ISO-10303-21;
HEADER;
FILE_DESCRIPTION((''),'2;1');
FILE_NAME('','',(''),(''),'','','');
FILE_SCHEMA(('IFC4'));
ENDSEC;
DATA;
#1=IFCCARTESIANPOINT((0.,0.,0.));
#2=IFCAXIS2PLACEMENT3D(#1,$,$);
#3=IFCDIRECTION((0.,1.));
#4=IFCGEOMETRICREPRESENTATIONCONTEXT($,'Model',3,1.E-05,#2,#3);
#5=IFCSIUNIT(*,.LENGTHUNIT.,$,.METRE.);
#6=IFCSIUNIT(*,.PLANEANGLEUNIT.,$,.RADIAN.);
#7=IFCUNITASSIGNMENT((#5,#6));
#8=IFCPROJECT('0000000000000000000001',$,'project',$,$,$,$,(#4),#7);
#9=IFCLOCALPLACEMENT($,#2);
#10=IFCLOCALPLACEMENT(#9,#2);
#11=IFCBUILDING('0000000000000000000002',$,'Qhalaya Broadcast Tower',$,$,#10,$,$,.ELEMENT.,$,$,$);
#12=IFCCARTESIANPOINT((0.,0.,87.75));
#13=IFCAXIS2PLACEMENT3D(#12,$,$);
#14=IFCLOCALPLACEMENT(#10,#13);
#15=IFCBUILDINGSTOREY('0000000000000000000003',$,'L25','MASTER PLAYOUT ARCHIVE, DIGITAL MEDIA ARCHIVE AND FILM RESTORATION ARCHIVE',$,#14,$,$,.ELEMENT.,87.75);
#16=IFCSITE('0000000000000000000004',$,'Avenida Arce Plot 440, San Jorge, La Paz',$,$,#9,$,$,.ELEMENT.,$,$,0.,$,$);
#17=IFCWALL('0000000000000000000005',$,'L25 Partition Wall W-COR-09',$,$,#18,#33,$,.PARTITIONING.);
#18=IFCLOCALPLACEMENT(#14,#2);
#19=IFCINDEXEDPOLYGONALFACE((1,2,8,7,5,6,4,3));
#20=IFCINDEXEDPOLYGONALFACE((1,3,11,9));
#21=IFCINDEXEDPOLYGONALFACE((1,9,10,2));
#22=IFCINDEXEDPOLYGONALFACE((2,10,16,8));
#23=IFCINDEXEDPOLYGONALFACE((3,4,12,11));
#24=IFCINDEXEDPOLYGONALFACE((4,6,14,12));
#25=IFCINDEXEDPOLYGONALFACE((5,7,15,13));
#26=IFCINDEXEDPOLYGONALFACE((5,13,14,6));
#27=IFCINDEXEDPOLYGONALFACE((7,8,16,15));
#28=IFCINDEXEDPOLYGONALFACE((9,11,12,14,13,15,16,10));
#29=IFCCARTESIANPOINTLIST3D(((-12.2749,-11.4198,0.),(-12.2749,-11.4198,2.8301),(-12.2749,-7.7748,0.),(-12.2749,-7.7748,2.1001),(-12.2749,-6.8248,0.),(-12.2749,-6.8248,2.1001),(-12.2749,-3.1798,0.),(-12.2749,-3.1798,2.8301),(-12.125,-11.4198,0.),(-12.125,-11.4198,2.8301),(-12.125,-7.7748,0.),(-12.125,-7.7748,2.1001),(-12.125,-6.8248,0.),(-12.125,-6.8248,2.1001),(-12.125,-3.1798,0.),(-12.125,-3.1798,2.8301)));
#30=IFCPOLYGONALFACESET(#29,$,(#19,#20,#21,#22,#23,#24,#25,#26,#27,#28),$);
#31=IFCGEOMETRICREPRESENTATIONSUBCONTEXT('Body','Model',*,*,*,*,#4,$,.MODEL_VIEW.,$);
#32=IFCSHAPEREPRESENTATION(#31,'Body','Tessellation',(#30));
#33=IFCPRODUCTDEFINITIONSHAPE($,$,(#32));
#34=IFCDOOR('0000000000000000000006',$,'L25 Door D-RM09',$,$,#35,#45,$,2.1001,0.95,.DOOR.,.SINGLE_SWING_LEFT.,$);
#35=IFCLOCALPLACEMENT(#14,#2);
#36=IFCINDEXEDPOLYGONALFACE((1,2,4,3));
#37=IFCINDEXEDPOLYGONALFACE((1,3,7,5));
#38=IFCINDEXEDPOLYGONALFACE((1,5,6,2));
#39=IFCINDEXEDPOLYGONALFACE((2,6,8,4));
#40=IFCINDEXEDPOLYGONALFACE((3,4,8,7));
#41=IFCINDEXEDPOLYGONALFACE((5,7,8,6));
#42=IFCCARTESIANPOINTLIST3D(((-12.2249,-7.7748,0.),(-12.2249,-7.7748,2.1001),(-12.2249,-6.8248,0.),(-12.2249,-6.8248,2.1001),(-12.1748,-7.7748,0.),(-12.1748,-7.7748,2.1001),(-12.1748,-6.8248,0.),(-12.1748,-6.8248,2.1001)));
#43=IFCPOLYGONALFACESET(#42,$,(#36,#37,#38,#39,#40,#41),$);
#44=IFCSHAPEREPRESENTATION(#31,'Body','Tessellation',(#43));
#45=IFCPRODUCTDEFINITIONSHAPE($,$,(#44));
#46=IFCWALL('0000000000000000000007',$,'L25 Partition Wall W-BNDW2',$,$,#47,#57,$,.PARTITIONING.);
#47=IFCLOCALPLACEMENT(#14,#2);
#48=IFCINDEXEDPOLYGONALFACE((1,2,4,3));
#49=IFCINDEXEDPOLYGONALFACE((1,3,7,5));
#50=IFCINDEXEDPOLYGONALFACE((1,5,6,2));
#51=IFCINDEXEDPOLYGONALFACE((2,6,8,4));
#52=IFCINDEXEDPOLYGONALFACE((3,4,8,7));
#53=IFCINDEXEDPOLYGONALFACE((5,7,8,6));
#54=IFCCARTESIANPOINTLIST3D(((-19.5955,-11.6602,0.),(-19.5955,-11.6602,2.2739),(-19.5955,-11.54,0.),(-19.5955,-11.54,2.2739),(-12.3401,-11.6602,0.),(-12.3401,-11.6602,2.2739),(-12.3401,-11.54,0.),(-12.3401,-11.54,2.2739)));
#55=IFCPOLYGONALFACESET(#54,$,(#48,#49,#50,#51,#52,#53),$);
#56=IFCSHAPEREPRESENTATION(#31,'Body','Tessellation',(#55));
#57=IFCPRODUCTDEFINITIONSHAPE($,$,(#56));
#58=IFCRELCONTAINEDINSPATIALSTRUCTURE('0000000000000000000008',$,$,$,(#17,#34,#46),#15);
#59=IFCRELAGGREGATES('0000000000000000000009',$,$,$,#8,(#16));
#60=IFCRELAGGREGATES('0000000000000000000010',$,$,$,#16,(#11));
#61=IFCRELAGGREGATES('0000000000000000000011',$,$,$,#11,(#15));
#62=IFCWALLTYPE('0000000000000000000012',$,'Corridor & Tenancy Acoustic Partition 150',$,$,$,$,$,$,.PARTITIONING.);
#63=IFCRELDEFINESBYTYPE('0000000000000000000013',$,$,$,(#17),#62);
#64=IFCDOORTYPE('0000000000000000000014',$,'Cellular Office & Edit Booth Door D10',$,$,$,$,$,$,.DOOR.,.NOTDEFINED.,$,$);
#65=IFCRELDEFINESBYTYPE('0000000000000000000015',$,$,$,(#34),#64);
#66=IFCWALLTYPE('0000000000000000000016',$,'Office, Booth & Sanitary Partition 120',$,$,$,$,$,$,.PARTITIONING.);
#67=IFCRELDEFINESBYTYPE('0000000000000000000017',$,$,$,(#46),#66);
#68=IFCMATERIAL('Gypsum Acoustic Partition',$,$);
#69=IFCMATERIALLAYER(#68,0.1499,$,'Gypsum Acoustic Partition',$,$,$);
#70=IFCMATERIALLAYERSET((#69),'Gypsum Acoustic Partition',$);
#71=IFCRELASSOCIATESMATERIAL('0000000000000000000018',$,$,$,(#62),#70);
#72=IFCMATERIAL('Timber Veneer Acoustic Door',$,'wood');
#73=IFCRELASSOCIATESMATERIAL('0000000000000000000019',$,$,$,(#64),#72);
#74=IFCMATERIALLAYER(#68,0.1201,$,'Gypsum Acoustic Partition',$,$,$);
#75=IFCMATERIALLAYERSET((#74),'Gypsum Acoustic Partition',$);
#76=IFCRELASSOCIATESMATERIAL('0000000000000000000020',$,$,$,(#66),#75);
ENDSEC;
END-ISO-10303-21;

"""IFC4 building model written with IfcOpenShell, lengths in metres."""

from ifc_helpers import new_model, si_unit, direction, frame, frame_2d, origin, place, context, subcontext, project, spatial, rectangle, extrude, material, layer, layer_set, type_object, element, fill, save


model = new_model("IFC4")

# Units and contexts
model_context = context("Model", 3, precision=1e-05, world=origin(), true_north=direction((0.0, 1.0)))
body_context = subcontext(model_context, "Body", "Model", "MODEL_VIEW")
ifc_project = project(units=[si_unit("LENGTHUNIT", "METRE"), si_unit("PLANEANGLEUNIT", "RADIAN")], contexts=[model_context])

# Site, building, storey
site_placement = place(None, origin())
site = spatial("IfcSite", under=ifc_project, at=site_placement, Name="Avenida Arce Plot 440, San Jorge, La Paz", CompositionType="ELEMENT", RefElevation=0.0)
building_placement = place(site_placement, origin())
building = spatial("IfcBuilding", under=site, at=building_placement, Name="Qhalaya Broadcast Tower", CompositionType="ELEMENT")
storey_placement = place(building_placement, frame((0.0, 0.0, 87.75)))
storey = spatial("IfcBuildingStorey", under=building, at=storey_placement, Name="L25", Description="MASTER PLAYOUT ARCHIVE, DIGITAL MEDIA ARCHIVE AND FILM RESTORATION ARCHIVE", CompositionType="ELEMENT", Elevation=87.75)

# Wall, opening, door
ifc_material_1 = material(Name="Gypsum Acoustic Partition")
ifc_layer_1 = layer(ifc_material_1, 0.1499, Name="Gypsum Acoustic Partition")
ifc_layer_set_1 = layer_set([ifc_layer_1], Name="Gypsum Acoustic Partition")
wall_type_1 = type_object("IfcWallType", Name="Corridor & Tenancy Acoustic Partition 150", PredefinedType="PARTITIONING", material=ifc_layer_set_1)
ifc_material_2 = material(Name="Timber Veneer Acoustic Door", Category="wood")
door_type = type_object("IfcDoorType", Name="Cellular Office & Edit Booth Door D10", OperationType="NOTDEFINED", PredefinedType="DOOR", material=ifc_material_2)
wall_1_placement = place(storey_placement, frame((-12.2, -11.4199, 0.0), z_axis=(0.0, 0.0, 1.0), x_axis=(0.0, 1.0, 0.0)))
wall_1 = element("IfcWall", 1, at=wall_1_placement, inside=storey, type_object=wall_type_1, Name="L25 Partition Wall W-COR-09", PredefinedType="PARTITIONING", context=body_context, shape_type="SweptSolid", body=[
    extrude(rectangle(XDim=8.24, YDim=0.1499, at=frame_2d((4.1201, 0.0))), origin(), (0.0, 0.0, 1.0), 2.8301),
])
opening_1_placement = place(wall_1_placement, frame((3.645, 0.0, 0.0)))
opening_1 = element("IfcOpeningElement", 2, at=opening_1_placement, cuts=wall_1, PredefinedType="OPENING", context=body_context, shape_type="SweptSolid", body=[
    extrude(rectangle(XDim=0.95, YDim=2.1001, at=frame_2d((0.4751, 1.05))), frame((0.0, 0.0869, 0.0), z_axis=(0.0, -1.0, 0.0), x_axis=(1.0, 0.0, 0.0)), (0.0, 0.0, 1.0), 0.1738),
])
door_1_placement = place(opening_1_placement, origin())
door_1 = element("IfcDoor", 3, at=door_1_placement, inside=storey, type_object=door_type, Name="L25 Door D-RM09", OperationType="SINGLE_SWING_LEFT", OverallHeight=2.1001, OverallWidth=0.95, PredefinedType="DOOR", context=body_context, shape_type="SweptSolid", body=[
    extrude(rectangle(XDim=0.95, YDim=2.1001, at=frame_2d((0.4751, 1.05))), frame((0.0, 0.0249, 0.0), z_axis=(0.0, -1.0, 0.0), x_axis=(1.0, 0.0, 0.0)), (0.0, 0.0, 1.0), 0.05),
])
fill(opening_1, door_1)

# Wall
ifc_layer_2 = layer(ifc_material_1, 0.1201, Name="Gypsum Acoustic Partition")
ifc_layer_set_2 = layer_set([ifc_layer_2], Name="Gypsum Acoustic Partition")
wall_type_2 = type_object("IfcWallType", Name="Office, Booth & Sanitary Partition 120", PredefinedType="PARTITIONING", material=ifc_layer_set_2)
wall_2_placement = place(storey_placement, frame((-19.5955, -11.6001, 0.0), z_axis=(0.0, 0.0, 1.0), x_axis=(1.0, 0.0, 0.0)))
element("IfcWall", 4, at=wall_2_placement, inside=storey, type_object=wall_type_2, Name="L25 Partition Wall W-BNDW2", PredefinedType="PARTITIONING", context=body_context, shape_type="SweptSolid", body=[
    extrude(rectangle(XDim=7.2554, YDim=0.1201, at=frame_2d((3.6277, 0.0))), origin(), (0.0, 0.0, 1.0), 2.2739),
])

save(model, "model.ifc")
